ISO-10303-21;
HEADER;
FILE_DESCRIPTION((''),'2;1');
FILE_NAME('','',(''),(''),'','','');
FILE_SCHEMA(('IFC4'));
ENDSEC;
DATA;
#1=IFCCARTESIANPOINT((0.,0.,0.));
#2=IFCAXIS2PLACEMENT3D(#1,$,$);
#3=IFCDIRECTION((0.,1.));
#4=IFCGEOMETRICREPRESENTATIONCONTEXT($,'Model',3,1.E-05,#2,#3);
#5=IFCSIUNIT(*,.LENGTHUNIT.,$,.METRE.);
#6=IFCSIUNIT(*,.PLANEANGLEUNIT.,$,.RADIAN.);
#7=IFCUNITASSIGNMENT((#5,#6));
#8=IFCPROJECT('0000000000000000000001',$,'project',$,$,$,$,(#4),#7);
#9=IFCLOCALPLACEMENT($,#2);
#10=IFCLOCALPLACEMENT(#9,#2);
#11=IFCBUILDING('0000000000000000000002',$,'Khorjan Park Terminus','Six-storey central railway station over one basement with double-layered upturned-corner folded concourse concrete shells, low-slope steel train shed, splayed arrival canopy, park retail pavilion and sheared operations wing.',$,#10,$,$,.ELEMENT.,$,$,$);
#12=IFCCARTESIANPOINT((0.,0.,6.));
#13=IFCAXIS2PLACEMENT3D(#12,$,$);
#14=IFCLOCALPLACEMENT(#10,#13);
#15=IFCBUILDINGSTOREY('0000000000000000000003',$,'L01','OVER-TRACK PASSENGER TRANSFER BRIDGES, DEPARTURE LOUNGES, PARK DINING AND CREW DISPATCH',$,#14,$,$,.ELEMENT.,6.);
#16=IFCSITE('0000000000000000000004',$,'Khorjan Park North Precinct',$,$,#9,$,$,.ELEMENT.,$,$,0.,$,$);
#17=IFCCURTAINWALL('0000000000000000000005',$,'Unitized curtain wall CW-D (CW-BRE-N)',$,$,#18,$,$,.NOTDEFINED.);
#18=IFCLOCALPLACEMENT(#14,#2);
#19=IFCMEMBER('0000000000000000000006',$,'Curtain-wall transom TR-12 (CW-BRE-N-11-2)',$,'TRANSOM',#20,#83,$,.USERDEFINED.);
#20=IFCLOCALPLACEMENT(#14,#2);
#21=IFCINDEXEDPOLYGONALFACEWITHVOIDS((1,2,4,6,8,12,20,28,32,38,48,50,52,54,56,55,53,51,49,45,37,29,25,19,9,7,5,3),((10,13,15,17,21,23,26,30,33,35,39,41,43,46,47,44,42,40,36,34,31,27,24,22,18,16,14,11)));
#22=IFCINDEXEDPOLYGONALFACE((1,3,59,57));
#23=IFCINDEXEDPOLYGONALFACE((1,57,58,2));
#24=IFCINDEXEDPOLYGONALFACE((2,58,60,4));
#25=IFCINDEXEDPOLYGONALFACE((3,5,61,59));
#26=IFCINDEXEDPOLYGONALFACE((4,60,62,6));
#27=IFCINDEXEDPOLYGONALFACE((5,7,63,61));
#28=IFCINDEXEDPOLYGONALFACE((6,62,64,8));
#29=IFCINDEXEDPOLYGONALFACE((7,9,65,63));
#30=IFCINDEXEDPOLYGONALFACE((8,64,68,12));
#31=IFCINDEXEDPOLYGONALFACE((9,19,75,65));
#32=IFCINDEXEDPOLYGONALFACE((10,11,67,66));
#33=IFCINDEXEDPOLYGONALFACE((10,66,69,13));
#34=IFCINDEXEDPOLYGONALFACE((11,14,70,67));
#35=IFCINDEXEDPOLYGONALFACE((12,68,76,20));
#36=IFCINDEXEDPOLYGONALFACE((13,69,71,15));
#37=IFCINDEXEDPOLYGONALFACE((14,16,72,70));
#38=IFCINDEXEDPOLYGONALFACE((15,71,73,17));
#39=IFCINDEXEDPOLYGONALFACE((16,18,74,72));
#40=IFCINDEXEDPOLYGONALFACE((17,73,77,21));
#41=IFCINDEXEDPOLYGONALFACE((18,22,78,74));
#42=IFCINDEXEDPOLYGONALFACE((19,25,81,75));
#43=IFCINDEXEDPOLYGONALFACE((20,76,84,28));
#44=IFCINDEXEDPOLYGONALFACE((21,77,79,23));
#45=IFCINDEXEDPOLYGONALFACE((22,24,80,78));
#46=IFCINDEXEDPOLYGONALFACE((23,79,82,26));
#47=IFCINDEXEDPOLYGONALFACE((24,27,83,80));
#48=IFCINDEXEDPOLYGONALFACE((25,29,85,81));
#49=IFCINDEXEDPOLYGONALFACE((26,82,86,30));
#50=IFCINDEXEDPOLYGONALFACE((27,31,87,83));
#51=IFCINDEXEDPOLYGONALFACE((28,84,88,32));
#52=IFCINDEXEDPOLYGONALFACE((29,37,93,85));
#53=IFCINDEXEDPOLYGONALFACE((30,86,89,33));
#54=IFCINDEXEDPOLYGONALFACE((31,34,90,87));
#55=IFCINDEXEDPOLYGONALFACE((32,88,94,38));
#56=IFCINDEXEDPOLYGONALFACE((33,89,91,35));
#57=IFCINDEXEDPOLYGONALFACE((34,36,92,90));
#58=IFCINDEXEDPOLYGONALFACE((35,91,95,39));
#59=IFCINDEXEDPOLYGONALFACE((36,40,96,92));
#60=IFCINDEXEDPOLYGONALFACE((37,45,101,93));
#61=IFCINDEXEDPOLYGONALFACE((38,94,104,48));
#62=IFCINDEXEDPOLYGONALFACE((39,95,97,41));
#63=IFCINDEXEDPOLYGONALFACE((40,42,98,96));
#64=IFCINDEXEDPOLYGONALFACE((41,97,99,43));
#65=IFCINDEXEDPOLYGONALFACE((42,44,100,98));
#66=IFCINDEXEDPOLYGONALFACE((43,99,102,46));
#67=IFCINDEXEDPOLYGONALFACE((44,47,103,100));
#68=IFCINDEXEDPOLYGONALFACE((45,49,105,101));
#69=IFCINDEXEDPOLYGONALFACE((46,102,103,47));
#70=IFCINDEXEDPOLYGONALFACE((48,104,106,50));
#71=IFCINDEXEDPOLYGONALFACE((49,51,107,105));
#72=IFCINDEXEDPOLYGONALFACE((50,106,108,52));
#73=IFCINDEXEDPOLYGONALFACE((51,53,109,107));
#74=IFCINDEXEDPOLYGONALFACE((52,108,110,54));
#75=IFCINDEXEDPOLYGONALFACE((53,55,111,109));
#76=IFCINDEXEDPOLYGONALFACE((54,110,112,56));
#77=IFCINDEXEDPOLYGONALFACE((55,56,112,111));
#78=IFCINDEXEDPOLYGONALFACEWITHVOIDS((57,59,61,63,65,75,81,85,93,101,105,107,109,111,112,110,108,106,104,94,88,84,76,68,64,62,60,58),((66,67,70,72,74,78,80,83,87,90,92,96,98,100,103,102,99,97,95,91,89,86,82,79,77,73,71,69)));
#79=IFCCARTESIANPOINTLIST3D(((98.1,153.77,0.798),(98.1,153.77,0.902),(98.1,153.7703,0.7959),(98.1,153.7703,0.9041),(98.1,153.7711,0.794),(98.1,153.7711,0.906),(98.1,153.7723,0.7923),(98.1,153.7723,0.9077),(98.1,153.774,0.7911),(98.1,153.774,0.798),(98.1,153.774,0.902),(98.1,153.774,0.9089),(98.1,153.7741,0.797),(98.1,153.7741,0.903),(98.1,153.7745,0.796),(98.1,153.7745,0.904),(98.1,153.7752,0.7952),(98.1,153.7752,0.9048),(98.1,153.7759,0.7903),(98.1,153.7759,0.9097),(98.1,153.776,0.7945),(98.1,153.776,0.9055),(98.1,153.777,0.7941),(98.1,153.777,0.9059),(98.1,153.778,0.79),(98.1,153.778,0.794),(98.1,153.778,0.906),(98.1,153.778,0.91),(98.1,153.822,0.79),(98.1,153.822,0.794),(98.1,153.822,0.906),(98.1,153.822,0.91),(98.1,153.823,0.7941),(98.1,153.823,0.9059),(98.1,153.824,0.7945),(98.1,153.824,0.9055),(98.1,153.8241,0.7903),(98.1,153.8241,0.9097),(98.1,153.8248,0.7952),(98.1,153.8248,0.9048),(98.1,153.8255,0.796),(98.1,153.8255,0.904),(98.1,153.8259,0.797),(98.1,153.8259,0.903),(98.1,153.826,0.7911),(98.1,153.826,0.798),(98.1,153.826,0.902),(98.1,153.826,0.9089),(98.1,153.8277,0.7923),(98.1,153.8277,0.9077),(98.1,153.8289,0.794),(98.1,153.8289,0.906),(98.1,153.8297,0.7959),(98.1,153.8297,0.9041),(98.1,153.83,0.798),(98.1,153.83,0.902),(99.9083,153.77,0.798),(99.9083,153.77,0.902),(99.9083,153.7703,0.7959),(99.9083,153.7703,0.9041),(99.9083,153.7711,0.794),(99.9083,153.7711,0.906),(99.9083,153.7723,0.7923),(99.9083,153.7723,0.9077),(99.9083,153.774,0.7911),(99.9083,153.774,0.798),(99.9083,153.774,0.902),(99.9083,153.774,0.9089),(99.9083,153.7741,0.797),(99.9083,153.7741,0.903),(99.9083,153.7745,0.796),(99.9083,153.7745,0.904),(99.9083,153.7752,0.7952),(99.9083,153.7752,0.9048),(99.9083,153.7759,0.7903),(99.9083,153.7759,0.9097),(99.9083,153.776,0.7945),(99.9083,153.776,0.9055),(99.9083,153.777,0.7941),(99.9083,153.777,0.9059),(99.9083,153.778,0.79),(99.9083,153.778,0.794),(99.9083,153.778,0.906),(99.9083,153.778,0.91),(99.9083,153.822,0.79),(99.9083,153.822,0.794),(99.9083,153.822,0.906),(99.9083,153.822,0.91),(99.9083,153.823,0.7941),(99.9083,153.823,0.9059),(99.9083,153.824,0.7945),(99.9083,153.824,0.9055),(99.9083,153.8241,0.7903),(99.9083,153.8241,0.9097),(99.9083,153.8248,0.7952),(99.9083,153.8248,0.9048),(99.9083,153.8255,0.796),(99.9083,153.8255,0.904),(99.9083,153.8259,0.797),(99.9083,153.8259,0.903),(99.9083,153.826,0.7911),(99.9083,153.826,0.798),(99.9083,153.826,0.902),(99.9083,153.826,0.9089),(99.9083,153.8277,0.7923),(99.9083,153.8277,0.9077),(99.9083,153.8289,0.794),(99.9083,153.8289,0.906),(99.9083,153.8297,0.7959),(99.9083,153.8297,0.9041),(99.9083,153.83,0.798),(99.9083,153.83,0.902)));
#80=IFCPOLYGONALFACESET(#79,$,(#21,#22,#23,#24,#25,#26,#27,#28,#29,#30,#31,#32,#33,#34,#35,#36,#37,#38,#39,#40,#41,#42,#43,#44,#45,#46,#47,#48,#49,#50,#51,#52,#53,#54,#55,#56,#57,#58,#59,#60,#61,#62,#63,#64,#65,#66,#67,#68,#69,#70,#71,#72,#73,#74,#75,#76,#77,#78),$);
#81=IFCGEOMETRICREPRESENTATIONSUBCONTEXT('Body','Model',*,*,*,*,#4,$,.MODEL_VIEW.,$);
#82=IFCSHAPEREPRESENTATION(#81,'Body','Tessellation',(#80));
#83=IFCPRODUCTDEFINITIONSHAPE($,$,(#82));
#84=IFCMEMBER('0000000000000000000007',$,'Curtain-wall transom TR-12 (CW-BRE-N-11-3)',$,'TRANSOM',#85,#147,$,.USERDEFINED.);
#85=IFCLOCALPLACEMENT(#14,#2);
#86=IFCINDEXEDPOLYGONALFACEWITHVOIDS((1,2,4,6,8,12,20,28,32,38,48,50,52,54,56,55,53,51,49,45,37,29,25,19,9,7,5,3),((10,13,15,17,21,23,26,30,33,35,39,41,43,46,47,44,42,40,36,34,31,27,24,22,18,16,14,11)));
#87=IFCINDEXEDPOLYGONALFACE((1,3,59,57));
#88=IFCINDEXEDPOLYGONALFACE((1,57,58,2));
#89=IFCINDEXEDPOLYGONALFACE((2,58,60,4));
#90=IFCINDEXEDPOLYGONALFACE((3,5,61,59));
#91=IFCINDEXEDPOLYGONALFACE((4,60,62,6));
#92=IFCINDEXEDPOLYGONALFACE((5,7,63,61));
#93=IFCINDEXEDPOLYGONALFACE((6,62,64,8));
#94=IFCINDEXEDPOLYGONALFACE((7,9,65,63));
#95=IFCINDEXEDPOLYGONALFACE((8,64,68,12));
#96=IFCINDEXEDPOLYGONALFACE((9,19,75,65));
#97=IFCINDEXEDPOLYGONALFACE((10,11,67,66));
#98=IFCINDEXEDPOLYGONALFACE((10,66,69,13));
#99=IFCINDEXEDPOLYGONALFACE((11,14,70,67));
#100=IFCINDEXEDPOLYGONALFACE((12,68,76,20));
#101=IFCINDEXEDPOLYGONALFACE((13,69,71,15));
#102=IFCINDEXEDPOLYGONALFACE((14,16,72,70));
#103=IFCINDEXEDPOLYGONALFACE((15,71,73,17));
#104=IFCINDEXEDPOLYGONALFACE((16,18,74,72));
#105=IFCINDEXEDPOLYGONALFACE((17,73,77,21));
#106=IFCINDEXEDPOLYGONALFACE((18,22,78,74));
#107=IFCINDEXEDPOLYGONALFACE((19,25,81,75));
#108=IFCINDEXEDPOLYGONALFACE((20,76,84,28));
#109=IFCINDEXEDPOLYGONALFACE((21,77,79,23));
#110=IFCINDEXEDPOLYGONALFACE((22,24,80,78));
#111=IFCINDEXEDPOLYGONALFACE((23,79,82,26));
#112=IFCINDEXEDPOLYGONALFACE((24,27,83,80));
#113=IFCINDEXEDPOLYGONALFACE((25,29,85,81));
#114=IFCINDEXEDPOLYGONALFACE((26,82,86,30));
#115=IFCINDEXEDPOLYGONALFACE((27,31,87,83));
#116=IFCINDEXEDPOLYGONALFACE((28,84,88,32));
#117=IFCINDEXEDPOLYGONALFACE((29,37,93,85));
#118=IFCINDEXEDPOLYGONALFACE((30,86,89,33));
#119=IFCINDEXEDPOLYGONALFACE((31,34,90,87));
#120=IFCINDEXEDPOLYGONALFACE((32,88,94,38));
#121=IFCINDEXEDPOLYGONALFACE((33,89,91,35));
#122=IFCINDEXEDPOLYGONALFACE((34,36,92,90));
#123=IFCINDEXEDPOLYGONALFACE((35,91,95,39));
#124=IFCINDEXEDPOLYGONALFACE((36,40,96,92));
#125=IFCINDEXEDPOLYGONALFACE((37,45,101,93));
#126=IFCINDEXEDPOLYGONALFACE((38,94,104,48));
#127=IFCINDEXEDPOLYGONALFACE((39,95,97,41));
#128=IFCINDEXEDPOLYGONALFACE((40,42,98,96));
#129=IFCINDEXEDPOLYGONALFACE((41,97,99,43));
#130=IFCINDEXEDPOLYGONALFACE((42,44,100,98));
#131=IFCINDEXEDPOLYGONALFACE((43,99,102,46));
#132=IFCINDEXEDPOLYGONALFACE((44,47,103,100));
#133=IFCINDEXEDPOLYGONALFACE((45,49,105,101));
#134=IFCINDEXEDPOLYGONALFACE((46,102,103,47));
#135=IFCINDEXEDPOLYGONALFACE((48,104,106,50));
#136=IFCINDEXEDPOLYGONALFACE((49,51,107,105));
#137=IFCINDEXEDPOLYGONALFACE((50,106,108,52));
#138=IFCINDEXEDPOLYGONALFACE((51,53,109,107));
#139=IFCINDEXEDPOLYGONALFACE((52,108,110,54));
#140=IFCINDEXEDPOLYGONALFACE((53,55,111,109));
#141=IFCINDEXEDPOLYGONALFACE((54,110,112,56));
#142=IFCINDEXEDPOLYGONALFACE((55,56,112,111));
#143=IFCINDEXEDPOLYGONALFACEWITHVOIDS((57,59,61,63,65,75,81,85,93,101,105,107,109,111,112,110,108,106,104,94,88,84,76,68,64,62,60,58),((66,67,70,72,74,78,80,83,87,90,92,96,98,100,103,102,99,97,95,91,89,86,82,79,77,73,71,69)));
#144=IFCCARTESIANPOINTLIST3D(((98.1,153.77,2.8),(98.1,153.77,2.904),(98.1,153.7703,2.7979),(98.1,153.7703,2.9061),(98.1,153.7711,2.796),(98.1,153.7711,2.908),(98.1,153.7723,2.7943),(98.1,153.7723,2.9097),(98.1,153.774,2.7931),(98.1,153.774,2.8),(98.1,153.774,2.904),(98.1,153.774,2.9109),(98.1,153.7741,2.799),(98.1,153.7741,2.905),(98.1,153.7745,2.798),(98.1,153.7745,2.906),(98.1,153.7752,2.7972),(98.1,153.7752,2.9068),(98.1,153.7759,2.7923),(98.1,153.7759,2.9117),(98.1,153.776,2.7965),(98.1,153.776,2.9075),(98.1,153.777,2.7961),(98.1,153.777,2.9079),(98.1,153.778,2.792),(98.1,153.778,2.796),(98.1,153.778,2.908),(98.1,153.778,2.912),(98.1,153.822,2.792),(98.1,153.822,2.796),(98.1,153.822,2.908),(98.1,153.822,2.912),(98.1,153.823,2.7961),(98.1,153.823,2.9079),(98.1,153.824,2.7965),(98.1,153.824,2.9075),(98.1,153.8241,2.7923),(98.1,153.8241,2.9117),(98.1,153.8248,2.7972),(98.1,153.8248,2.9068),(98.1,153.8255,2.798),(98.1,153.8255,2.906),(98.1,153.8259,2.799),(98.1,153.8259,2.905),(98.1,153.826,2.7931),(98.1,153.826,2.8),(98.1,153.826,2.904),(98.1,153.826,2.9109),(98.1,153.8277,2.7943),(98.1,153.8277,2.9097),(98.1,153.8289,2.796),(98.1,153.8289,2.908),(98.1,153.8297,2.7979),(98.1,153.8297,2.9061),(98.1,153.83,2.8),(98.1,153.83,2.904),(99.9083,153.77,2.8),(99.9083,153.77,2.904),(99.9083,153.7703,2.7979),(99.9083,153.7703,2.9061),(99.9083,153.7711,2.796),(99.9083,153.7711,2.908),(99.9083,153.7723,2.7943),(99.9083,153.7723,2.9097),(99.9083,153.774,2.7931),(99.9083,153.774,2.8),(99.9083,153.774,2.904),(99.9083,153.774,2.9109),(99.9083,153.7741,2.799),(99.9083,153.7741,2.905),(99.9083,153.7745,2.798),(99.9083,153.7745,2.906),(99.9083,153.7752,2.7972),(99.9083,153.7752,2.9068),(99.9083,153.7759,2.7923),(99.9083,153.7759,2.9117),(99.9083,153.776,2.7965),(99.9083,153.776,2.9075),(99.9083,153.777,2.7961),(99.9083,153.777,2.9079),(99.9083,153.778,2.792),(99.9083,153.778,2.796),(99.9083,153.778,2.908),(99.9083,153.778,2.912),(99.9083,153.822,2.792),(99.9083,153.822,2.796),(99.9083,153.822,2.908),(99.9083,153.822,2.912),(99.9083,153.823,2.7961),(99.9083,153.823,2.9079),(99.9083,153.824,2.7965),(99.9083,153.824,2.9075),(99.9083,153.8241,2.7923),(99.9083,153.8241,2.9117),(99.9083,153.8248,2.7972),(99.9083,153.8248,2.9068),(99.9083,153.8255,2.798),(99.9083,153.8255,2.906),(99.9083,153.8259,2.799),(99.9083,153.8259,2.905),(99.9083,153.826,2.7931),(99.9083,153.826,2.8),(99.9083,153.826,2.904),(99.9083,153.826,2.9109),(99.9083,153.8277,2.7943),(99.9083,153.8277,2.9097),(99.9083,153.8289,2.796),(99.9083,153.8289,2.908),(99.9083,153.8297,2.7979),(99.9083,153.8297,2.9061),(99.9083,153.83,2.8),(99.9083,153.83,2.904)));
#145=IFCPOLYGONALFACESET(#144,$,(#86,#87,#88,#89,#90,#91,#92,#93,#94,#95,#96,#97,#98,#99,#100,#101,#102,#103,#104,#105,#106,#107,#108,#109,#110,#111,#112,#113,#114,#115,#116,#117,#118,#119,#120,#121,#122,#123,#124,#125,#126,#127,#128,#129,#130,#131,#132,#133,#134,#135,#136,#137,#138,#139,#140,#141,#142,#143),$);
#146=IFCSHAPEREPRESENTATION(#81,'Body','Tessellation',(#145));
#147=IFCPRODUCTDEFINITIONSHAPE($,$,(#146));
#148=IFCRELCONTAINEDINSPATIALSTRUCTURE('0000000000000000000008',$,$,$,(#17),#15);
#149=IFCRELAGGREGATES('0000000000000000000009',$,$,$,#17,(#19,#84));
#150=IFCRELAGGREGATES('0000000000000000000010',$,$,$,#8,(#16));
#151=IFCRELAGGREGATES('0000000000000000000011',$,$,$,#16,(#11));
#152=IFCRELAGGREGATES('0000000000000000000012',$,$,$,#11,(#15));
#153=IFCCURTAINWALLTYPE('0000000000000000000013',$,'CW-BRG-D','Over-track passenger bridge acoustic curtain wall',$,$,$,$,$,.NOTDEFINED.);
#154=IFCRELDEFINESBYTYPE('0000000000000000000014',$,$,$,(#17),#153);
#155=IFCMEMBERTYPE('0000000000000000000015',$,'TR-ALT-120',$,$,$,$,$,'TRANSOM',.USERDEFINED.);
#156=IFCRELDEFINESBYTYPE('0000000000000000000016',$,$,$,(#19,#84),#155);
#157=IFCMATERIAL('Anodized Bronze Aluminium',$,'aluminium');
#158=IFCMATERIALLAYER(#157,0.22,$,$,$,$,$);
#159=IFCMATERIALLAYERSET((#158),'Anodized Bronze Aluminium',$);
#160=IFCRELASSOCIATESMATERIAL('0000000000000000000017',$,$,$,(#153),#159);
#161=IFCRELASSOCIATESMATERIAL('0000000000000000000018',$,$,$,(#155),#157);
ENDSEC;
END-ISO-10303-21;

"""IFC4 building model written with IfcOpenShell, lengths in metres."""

from ifc_helpers import new_model, si_unit, direction, frame, origin, origin_2d, place, context, subcontext, project, spatial, hollow_rectangle, extrude, material, layer, layer_set, material_profile, profile_set, type_object, element, aggregate, save


model = new_model("IFC4")

# Units and contexts
model_context = context("Model", 3, precision=1e-05, world=origin(), true_north=direction((0.0, 1.0)))
body_context = subcontext(model_context, "Body", "Model", "MODEL_VIEW")
ifc_project = project(units=[si_unit("LENGTHUNIT", "METRE"), si_unit("PLANEANGLEUNIT", "RADIAN")], contexts=[model_context])

# Site, building, storey
site_placement = place(None, origin())
site = spatial("IfcSite", under=ifc_project, at=site_placement, Name="Khorjan Park North Precinct", CompositionType="ELEMENT", RefElevation=0.0)
building_placement = place(site_placement, origin())
building = spatial("IfcBuilding", under=site, at=building_placement, Name="Khorjan Park Terminus", Description="Six-storey central railway station over one basement with double-layered upturned-corner folded concourse concrete shells, low-slope steel train shed, splayed arrival canopy, park retail pavilion and sheared operations wing.", CompositionType="ELEMENT")
storey_placement = place(building_placement, frame((0.0, 0.0, 6.0)))
storey = spatial("IfcBuildingStorey", under=building, at=storey_placement, Name="L01", Description="OVER-TRACK PASSENGER TRANSFER BRIDGES, DEPARTURE LOUNGES, PARK DINING AND CREW DISPATCH", CompositionType="ELEMENT", Elevation=6.0)

# Curtain wall, members
ifc_material_1 = material(Name="Anodized Bronze Aluminium", Category="aluminium")
ifc_layer_1 = layer(ifc_material_1, 0.22)
ifc_layer_set_1 = layer_set([ifc_layer_1], Name="Anodized Bronze Aluminium")
curtain_wall_type = type_object("IfcCurtainWallType", Name="CW-BRG-D", Description="Over-track passenger bridge acoustic curtain wall", PredefinedType="NOTDEFINED", material=ifc_layer_set_1)
curtain_wall_placement = place(storey_placement, origin())
curtain_wall = element("IfcCurtainWall", 1, at=curtain_wall_placement, inside=storey, type_object=curtain_wall_type, Name="Unitized curtain wall CW-D (CW-BRE-N)", PredefinedType="NOTDEFINED")
ifc_material_profile_1 = material_profile(ifc_material_1, hollow_rectangle(XDim=0.06, YDim=0.12, WallThickness=0.004, InnerFilletRadius=0.004, OuterFilletRadius=0.008, at=origin_2d()), Name="ALT 60x120x4")
ifc_profile_set_1 = profile_set([ifc_material_profile_1], Name="Anodized Bronze Aluminium")
member_type_1 = type_object("IfcMemberType", Name="TR-ALT-120", ElementType="TRANSOM", PredefinedType="USERDEFINED", material=ifc_profile_set_1)
member_1_placement = place(storey_placement, frame((99.9083, 153.8, 0.85), z_axis=(-1.0, 0.0, 0.0), x_axis=(0.0, -1.0, 0.0)))
member_1 = element("IfcMember", 2, at=member_1_placement, type_object=member_type_1, Name="Curtain-wall transom TR-12 (CW-BRE-N-11-2)", ObjectType="TRANSOM", PredefinedType="USERDEFINED", context=body_context, shape_type="SweptSolid", body=[
    extrude(hollow_rectangle(XDim=0.06, YDim=0.12, WallThickness=0.004, InnerFilletRadius=0.004, OuterFilletRadius=0.008, at=origin_2d()), origin(), (0.0, 0.0, 1.0), 1.8083),
])
member_2_placement = place(storey_placement, frame((99.9083, 153.8, 2.852), z_axis=(-1.0, 0.0, 0.0), x_axis=(0.0, -1.0, 0.0)))
member_2 = element("IfcMember", 3, at=member_2_placement, type_object=member_type_1, Name="Curtain-wall transom TR-12 (CW-BRE-N-11-3)", ObjectType="TRANSOM", PredefinedType="USERDEFINED", context=body_context, shape_type="SweptSolid", body=[
    extrude(hollow_rectangle(XDim=0.06, YDim=0.12, WallThickness=0.004, InnerFilletRadius=0.004, OuterFilletRadius=0.008, at=origin_2d()), origin(), (0.0, 0.0, 1.0), 1.8083),
])
aggregate(curtain_wall, [member_1, member_2])

save(model, "model.ifc")
